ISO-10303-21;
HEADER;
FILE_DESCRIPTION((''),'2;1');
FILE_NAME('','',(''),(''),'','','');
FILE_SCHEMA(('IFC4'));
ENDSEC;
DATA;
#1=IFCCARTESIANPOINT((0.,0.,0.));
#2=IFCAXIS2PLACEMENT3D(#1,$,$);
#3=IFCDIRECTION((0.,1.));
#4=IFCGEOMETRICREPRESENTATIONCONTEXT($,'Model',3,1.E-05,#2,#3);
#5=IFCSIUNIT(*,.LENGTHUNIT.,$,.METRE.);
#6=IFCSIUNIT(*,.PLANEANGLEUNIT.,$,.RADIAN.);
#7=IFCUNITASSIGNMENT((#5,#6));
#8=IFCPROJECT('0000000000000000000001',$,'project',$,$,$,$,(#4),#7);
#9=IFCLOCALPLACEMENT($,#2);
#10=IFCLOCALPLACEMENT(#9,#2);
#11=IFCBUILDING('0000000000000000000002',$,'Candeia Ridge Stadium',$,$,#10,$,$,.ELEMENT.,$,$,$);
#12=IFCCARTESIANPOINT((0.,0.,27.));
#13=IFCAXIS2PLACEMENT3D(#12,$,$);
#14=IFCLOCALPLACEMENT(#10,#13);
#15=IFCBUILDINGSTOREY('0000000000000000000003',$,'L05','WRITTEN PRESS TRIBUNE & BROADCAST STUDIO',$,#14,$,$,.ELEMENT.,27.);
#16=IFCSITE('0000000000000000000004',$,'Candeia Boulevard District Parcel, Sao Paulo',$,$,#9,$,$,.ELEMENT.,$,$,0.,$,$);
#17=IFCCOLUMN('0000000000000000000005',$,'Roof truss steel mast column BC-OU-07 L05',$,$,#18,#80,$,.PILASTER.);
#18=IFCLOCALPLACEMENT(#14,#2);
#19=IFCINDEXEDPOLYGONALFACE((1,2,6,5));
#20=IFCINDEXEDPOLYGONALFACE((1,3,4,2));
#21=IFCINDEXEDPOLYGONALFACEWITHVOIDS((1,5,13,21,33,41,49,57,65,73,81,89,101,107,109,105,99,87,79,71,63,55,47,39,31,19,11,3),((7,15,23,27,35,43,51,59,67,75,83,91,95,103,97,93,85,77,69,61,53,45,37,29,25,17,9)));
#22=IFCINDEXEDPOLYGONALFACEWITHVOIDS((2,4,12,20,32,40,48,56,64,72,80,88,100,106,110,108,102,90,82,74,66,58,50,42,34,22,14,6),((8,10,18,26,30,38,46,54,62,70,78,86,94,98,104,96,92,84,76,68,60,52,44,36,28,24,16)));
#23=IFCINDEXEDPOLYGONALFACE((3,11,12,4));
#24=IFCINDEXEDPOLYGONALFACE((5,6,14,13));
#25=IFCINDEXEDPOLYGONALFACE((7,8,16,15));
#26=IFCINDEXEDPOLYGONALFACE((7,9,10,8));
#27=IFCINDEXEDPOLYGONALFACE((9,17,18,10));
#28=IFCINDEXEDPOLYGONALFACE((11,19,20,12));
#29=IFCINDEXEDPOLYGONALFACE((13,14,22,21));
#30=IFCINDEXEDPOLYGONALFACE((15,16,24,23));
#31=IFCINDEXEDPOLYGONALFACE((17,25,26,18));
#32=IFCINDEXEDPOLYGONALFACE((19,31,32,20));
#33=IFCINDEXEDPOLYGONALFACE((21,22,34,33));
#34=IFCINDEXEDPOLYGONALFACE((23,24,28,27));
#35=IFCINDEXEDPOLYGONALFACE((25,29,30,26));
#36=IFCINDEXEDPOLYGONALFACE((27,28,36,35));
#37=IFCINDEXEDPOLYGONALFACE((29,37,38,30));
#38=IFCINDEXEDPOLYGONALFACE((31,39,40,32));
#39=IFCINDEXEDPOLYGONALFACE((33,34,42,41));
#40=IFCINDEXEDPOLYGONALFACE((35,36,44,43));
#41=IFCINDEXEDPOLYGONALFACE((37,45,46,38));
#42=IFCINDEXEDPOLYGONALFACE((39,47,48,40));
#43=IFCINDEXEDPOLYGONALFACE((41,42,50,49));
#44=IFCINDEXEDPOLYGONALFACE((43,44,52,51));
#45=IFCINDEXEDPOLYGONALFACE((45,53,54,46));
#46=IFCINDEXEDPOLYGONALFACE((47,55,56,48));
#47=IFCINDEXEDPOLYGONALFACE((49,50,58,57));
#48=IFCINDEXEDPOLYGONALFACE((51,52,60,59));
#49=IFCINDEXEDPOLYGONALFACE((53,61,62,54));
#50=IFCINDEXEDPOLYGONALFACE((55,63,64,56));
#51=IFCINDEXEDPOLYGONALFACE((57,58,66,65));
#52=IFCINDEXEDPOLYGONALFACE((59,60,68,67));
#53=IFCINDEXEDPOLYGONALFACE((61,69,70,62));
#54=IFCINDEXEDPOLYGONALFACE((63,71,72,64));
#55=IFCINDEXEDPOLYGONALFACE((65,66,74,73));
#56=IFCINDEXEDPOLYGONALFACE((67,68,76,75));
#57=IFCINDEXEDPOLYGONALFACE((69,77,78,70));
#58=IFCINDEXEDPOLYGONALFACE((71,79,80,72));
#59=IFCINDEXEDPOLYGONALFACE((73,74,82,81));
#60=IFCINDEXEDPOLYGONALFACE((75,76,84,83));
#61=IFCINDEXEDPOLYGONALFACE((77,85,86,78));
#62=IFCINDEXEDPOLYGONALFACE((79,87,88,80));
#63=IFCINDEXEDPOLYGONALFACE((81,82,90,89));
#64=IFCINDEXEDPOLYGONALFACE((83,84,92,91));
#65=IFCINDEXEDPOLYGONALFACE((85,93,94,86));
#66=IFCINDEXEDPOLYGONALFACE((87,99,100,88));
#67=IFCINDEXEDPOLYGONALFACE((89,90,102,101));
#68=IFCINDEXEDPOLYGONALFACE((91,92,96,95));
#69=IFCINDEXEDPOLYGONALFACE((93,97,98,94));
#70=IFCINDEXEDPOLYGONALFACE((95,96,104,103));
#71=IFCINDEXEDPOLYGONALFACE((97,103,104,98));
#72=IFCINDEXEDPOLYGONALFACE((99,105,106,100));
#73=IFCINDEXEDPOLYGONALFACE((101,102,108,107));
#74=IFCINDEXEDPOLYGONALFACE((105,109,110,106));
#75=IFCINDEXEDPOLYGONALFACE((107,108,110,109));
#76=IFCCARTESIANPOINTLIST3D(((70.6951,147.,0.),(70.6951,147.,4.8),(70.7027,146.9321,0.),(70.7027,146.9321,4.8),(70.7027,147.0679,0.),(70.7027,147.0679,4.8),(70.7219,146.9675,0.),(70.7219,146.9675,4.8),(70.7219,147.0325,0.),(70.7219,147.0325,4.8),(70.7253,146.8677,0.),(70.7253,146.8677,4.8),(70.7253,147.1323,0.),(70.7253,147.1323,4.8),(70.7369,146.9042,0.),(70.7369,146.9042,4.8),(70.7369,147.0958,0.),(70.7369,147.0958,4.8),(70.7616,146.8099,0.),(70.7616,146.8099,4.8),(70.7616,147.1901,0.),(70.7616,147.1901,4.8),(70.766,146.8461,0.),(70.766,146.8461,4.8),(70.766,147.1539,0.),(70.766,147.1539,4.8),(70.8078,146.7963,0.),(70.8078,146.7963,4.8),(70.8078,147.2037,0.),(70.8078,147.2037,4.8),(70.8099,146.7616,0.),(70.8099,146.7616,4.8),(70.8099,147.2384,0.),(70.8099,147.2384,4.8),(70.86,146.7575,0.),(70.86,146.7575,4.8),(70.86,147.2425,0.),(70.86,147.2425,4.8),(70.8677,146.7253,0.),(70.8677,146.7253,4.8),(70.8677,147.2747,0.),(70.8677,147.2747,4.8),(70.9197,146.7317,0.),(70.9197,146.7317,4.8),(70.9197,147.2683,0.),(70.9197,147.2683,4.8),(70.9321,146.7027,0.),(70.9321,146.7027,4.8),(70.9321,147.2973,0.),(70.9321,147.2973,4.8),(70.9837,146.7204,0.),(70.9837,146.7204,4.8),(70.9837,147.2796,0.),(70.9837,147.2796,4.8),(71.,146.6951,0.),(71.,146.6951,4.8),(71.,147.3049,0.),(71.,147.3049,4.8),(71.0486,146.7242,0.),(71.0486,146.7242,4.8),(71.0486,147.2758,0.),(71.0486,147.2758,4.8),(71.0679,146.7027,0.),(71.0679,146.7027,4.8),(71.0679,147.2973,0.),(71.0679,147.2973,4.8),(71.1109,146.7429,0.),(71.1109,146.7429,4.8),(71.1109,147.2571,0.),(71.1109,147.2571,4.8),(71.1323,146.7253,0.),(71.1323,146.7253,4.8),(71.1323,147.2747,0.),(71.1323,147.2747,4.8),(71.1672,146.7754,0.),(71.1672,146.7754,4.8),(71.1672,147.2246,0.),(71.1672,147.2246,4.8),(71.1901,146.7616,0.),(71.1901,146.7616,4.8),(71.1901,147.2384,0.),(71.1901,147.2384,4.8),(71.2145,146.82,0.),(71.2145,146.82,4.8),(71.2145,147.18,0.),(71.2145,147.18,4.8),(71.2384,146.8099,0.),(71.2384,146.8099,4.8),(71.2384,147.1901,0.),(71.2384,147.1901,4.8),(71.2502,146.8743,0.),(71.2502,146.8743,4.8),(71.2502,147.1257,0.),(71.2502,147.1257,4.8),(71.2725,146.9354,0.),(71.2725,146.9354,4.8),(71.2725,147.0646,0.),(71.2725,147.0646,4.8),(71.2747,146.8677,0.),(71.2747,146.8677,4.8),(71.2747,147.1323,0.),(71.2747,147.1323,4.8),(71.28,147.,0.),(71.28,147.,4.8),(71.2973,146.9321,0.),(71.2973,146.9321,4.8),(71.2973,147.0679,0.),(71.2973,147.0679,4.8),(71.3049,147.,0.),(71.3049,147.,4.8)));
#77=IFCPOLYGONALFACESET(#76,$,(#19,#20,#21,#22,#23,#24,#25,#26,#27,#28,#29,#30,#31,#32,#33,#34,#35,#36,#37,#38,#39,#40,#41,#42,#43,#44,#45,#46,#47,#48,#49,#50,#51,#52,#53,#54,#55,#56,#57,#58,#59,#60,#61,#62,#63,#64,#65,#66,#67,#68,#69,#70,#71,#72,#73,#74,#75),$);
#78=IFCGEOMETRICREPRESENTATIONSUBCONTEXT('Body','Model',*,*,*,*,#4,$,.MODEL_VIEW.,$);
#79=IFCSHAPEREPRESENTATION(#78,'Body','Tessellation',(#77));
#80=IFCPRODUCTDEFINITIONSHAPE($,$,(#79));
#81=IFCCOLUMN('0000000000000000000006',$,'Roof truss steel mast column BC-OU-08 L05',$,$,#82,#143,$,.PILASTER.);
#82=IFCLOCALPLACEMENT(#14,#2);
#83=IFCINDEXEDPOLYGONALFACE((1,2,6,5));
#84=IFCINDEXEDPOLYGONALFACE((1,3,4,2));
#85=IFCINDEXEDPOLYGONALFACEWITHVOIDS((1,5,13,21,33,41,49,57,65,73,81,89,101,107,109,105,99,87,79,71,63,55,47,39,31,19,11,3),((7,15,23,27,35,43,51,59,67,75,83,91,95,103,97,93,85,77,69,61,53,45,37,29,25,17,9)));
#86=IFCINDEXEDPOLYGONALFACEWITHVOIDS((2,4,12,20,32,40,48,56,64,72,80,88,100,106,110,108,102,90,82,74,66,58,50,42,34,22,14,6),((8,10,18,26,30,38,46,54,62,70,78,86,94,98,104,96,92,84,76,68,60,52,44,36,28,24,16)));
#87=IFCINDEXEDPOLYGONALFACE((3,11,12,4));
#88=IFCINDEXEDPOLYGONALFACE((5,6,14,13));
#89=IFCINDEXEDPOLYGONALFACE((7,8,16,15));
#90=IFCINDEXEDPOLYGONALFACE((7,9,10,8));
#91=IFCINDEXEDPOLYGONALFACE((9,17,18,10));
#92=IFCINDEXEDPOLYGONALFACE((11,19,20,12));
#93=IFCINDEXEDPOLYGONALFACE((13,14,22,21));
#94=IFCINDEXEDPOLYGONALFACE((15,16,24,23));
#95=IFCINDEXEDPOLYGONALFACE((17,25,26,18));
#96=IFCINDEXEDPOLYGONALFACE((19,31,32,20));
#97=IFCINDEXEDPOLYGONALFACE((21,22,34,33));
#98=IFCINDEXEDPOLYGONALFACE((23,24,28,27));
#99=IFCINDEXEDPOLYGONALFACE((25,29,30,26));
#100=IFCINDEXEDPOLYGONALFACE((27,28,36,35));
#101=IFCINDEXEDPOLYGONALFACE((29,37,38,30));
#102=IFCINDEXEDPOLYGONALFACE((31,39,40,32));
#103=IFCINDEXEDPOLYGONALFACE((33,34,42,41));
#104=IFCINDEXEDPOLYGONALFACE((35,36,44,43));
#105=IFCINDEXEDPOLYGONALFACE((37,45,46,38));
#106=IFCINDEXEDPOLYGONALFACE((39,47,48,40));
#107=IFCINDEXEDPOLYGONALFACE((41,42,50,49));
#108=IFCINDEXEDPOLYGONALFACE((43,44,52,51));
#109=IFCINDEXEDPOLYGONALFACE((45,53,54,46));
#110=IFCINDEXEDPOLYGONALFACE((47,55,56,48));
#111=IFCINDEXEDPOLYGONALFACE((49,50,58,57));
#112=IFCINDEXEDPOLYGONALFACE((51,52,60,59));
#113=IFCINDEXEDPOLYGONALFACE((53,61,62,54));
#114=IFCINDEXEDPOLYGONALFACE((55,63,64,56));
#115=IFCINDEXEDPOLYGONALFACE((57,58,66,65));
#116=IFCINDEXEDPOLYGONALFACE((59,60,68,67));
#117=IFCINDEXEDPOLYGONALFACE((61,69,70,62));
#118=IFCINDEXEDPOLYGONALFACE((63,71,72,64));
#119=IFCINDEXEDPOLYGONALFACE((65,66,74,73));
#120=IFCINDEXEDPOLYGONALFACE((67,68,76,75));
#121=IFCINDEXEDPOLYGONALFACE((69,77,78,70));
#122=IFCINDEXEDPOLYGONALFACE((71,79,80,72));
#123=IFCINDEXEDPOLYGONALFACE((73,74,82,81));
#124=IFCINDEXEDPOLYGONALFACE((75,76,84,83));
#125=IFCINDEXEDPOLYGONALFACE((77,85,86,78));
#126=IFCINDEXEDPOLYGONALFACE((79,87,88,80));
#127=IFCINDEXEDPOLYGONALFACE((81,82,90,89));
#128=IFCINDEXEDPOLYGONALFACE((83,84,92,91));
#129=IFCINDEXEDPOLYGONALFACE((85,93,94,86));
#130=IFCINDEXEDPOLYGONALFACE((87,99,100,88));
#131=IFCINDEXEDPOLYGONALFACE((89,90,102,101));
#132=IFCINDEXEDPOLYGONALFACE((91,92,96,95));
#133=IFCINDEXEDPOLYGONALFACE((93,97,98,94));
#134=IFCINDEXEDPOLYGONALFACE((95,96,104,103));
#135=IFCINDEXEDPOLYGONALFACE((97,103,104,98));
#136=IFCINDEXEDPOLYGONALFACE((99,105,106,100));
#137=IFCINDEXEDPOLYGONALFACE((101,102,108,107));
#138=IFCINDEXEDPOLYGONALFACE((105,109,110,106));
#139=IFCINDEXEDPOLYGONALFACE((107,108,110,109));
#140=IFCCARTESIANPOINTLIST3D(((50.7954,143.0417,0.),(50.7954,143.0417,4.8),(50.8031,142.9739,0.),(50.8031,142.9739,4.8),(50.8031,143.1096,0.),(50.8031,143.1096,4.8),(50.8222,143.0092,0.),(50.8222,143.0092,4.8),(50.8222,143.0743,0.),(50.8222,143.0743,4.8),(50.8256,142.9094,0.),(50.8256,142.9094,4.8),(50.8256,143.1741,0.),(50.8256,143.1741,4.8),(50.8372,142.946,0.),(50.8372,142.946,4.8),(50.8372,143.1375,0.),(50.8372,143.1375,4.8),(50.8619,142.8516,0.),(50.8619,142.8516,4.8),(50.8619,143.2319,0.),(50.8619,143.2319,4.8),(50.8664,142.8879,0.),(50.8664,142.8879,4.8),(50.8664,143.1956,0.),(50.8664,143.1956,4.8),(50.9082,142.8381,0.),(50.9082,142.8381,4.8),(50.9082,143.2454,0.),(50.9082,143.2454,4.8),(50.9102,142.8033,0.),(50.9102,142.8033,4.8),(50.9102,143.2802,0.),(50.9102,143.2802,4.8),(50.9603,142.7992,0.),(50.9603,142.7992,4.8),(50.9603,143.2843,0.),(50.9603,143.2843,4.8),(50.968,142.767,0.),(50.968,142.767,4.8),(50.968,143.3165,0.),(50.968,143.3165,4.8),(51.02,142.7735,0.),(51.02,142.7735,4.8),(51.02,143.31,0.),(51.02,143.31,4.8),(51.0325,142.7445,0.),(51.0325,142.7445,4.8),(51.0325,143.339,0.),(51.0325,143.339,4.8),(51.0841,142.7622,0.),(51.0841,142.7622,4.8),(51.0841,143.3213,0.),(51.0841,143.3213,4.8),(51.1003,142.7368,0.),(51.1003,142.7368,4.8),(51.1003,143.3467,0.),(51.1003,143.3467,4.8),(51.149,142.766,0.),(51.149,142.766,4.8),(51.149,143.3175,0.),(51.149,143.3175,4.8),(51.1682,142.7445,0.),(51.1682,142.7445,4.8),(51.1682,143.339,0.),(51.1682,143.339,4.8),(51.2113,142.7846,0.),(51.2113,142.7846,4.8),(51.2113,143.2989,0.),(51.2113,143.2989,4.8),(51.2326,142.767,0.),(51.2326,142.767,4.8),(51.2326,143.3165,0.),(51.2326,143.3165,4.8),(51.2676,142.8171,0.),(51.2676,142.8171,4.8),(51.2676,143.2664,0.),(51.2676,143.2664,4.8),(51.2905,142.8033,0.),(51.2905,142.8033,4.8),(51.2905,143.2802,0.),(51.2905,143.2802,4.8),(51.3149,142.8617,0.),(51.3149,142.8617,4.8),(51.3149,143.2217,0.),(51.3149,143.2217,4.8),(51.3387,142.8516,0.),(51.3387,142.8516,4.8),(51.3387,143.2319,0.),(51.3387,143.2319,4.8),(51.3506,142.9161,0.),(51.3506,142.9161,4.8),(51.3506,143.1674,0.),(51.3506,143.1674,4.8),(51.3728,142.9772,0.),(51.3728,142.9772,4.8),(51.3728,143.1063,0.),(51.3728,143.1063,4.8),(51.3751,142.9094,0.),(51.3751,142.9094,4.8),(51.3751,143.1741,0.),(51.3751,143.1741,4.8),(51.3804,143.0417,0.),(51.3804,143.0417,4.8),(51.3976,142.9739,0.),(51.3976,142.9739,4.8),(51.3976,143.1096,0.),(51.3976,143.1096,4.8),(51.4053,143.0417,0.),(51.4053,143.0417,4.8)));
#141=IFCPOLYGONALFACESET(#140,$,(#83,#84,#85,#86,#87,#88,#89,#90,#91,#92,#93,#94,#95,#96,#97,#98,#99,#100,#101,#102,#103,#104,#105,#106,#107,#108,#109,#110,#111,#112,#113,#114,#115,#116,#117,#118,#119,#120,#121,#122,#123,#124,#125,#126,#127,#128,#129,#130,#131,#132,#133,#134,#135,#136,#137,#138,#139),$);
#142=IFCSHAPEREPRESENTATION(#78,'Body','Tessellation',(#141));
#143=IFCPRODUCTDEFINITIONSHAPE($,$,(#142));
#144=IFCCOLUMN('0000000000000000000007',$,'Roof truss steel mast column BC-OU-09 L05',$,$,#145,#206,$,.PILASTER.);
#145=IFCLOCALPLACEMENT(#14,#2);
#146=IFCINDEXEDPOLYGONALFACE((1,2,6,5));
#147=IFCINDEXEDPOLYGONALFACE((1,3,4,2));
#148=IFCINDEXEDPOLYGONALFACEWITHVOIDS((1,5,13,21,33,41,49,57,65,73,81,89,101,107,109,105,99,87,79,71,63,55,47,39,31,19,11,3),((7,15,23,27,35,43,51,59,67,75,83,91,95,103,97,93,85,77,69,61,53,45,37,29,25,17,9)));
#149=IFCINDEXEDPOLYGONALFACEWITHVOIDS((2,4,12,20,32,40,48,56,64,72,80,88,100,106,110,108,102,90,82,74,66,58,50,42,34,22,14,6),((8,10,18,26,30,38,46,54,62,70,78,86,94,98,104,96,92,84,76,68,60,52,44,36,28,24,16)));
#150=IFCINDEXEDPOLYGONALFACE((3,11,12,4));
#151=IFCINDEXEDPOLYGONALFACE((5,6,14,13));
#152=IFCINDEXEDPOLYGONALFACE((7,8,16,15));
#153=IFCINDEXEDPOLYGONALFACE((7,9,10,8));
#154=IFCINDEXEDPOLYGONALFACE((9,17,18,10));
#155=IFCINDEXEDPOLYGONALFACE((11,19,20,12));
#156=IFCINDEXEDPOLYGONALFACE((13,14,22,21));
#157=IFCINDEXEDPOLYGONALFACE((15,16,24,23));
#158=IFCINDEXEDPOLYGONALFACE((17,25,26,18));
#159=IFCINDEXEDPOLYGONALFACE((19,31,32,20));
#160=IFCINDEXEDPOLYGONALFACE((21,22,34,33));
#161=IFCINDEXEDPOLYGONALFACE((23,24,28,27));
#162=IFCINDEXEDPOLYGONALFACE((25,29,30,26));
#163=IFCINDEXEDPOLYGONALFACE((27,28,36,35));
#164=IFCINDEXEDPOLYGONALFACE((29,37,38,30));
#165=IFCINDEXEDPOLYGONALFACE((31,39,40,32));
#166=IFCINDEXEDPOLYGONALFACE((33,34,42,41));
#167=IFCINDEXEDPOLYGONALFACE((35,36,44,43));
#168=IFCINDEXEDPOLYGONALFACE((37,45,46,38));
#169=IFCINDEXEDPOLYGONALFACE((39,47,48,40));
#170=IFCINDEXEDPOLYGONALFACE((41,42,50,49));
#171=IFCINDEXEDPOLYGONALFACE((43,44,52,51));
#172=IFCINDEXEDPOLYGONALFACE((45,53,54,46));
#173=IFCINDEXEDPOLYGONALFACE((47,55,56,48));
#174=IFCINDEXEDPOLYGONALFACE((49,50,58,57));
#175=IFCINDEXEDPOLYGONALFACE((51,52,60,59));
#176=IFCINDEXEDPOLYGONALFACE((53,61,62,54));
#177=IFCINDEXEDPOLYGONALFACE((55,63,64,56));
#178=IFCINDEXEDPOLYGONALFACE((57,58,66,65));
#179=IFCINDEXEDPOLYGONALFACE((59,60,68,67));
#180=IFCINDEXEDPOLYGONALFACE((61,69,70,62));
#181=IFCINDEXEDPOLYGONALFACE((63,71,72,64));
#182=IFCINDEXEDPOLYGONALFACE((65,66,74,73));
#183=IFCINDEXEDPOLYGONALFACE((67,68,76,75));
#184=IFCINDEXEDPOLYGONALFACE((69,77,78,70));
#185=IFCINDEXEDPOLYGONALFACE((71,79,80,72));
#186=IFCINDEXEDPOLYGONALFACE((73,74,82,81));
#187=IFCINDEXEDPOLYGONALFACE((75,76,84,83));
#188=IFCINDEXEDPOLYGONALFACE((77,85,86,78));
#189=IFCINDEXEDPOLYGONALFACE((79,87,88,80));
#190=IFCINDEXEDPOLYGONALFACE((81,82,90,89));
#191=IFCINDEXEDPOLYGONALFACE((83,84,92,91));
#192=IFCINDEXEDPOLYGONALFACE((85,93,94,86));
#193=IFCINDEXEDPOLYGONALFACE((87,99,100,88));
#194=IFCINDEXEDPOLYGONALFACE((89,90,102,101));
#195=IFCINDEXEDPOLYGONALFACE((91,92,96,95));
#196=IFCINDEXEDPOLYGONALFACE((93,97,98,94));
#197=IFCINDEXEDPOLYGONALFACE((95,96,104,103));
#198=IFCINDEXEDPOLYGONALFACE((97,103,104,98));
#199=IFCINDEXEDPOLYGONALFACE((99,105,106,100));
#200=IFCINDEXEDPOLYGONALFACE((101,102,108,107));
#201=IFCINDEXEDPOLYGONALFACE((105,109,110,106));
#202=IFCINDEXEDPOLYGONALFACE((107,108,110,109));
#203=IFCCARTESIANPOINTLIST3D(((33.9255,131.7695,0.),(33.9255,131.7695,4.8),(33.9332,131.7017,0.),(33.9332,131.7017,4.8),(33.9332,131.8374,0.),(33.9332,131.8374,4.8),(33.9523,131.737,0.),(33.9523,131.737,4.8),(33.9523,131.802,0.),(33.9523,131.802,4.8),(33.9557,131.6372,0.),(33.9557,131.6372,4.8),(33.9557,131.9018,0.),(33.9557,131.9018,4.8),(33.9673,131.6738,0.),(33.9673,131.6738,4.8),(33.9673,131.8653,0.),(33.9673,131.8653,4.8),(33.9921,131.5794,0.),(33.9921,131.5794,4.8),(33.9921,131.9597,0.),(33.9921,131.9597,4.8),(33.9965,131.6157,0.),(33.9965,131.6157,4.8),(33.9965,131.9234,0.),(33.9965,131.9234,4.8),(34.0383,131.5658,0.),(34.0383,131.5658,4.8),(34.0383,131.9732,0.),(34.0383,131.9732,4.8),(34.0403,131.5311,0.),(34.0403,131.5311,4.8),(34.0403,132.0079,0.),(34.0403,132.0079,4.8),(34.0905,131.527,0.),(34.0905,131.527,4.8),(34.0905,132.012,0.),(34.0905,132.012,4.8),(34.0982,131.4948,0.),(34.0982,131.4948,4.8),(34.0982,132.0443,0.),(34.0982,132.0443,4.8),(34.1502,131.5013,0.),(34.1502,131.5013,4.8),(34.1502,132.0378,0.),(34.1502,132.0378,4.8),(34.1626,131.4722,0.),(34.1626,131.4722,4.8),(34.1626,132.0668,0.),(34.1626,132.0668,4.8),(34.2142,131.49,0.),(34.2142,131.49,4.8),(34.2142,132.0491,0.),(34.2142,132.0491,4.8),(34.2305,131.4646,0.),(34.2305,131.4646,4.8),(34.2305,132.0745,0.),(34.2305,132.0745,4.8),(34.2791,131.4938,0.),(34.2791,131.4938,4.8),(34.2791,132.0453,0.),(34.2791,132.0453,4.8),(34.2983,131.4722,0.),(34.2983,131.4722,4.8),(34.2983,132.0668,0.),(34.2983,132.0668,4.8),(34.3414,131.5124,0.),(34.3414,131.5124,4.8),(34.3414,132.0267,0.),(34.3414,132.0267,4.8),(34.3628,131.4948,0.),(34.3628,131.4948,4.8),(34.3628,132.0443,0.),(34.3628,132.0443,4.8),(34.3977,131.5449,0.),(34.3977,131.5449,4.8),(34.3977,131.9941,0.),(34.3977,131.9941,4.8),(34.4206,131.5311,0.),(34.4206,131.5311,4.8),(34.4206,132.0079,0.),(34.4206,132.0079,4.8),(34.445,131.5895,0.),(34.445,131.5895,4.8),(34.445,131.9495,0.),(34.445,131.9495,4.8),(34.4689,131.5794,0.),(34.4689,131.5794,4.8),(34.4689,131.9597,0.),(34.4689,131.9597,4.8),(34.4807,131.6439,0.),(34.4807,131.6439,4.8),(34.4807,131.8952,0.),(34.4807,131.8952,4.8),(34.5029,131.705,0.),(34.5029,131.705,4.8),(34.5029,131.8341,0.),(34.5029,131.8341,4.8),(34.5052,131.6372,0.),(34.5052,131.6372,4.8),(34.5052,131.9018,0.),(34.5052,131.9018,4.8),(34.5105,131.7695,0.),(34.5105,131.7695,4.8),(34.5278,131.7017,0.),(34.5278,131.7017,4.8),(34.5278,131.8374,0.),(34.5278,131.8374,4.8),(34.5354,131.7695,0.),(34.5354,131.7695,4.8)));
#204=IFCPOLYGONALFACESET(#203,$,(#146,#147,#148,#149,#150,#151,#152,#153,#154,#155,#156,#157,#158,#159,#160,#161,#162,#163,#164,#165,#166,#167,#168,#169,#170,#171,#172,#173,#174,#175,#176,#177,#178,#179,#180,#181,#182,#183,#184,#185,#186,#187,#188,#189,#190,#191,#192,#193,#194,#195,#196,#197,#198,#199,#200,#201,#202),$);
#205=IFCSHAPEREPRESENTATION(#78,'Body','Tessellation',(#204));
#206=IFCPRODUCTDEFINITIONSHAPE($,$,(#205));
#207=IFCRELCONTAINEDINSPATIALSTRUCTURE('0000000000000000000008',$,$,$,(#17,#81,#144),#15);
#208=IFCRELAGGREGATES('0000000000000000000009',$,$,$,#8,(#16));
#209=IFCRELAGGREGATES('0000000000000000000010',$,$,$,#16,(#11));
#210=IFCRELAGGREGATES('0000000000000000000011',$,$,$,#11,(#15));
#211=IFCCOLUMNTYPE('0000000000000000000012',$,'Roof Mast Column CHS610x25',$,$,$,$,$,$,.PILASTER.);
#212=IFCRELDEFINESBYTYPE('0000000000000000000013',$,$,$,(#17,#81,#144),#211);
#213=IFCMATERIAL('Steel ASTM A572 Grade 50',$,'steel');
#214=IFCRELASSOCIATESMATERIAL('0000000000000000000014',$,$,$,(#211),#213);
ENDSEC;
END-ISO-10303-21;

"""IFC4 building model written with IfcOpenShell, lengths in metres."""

from ifc_helpers import new_model, si_unit, direction, frame, origin, origin_2d, place, context, subcontext, project, spatial, hollow_circle, extrude, material, material_profile, profile_set, type_object, element, save


model = new_model("IFC4")

# Units and contexts
model_context = context("Model", 3, precision=1e-05, world=origin(), true_north=direction((0.0, 1.0)))
body_context = subcontext(model_context, "Body", "Model", "MODEL_VIEW")
ifc_project = project(units=[si_unit("LENGTHUNIT", "METRE"), si_unit("PLANEANGLEUNIT", "RADIAN")], contexts=[model_context])

# Site, building, storey
site_placement = place(None, origin())
site = spatial("IfcSite", under=ifc_project, at=site_placement, Name="Candeia Boulevard District Parcel, Sao Paulo", CompositionType="ELEMENT", RefElevation=0.0)
building_placement = place(site_placement, origin())
building = spatial("IfcBuilding", under=site, at=building_placement, Name="Candeia Ridge Stadium", CompositionType="ELEMENT")
storey_placement = place(building_placement, frame((0.0, 0.0, 27.0)))
storey = spatial("IfcBuildingStorey", under=building, at=storey_placement, Name="L05", Description="WRITTEN PRESS TRIBUNE & BROADCAST STUDIO", CompositionType="ELEMENT", Elevation=27.0)

# Columns
ifc_material_1 = material(Name="Steel ASTM A572 Grade 50", Category="steel")
ifc_material_profile_1 = material_profile(ifc_material_1, hollow_circle(Radius=0.3049, WallThickness=0.0249, at=origin_2d()), Name="CHS610x25", Category="steel")
ifc_profile_set_1 = profile_set([ifc_material_profile_1], Name="Steel ASTM A572 Grade 50")
column_type_1 = type_object("IfcColumnType", Name="Roof Mast Column CHS610x25", PredefinedType="PILASTER", material=ifc_profile_set_1)
for number, where, z_axis, x_axis, name in (
    (1, (71.0, 147.0, 0.0), (0.0, 0.0, 1.0), (1.0, 0.0, 0.0), "Roof truss steel mast column BC-OU-07 L05"),
    (2, (51.1003, 143.0417, 0.0), (0.0, 0.0, 1.0), (1.0, 0.0, 0.0), "Roof truss steel mast column BC-OU-08 L05"),
    (3, (34.2305, 131.7695, 0.0), (0.0, 0.0, 1.0), (1.0, 0.0, 0.0), "Roof truss steel mast column BC-OU-09 L05"),
):
    element("IfcColumn", number, at=place(storey_placement, frame(where, z_axis=z_axis, x_axis=x_axis)), inside=storey, type_object=column_type_1, Name=name, PredefinedType="PILASTER", context=body_context, shape_type="SweptSolid", body=[
        extrude(hollow_circle(Radius=0.3049, WallThickness=0.0249, at=origin_2d()), origin(), (0.0, 0.0, 1.0), 4.8),
    ])

save(model, "model.ifc")
